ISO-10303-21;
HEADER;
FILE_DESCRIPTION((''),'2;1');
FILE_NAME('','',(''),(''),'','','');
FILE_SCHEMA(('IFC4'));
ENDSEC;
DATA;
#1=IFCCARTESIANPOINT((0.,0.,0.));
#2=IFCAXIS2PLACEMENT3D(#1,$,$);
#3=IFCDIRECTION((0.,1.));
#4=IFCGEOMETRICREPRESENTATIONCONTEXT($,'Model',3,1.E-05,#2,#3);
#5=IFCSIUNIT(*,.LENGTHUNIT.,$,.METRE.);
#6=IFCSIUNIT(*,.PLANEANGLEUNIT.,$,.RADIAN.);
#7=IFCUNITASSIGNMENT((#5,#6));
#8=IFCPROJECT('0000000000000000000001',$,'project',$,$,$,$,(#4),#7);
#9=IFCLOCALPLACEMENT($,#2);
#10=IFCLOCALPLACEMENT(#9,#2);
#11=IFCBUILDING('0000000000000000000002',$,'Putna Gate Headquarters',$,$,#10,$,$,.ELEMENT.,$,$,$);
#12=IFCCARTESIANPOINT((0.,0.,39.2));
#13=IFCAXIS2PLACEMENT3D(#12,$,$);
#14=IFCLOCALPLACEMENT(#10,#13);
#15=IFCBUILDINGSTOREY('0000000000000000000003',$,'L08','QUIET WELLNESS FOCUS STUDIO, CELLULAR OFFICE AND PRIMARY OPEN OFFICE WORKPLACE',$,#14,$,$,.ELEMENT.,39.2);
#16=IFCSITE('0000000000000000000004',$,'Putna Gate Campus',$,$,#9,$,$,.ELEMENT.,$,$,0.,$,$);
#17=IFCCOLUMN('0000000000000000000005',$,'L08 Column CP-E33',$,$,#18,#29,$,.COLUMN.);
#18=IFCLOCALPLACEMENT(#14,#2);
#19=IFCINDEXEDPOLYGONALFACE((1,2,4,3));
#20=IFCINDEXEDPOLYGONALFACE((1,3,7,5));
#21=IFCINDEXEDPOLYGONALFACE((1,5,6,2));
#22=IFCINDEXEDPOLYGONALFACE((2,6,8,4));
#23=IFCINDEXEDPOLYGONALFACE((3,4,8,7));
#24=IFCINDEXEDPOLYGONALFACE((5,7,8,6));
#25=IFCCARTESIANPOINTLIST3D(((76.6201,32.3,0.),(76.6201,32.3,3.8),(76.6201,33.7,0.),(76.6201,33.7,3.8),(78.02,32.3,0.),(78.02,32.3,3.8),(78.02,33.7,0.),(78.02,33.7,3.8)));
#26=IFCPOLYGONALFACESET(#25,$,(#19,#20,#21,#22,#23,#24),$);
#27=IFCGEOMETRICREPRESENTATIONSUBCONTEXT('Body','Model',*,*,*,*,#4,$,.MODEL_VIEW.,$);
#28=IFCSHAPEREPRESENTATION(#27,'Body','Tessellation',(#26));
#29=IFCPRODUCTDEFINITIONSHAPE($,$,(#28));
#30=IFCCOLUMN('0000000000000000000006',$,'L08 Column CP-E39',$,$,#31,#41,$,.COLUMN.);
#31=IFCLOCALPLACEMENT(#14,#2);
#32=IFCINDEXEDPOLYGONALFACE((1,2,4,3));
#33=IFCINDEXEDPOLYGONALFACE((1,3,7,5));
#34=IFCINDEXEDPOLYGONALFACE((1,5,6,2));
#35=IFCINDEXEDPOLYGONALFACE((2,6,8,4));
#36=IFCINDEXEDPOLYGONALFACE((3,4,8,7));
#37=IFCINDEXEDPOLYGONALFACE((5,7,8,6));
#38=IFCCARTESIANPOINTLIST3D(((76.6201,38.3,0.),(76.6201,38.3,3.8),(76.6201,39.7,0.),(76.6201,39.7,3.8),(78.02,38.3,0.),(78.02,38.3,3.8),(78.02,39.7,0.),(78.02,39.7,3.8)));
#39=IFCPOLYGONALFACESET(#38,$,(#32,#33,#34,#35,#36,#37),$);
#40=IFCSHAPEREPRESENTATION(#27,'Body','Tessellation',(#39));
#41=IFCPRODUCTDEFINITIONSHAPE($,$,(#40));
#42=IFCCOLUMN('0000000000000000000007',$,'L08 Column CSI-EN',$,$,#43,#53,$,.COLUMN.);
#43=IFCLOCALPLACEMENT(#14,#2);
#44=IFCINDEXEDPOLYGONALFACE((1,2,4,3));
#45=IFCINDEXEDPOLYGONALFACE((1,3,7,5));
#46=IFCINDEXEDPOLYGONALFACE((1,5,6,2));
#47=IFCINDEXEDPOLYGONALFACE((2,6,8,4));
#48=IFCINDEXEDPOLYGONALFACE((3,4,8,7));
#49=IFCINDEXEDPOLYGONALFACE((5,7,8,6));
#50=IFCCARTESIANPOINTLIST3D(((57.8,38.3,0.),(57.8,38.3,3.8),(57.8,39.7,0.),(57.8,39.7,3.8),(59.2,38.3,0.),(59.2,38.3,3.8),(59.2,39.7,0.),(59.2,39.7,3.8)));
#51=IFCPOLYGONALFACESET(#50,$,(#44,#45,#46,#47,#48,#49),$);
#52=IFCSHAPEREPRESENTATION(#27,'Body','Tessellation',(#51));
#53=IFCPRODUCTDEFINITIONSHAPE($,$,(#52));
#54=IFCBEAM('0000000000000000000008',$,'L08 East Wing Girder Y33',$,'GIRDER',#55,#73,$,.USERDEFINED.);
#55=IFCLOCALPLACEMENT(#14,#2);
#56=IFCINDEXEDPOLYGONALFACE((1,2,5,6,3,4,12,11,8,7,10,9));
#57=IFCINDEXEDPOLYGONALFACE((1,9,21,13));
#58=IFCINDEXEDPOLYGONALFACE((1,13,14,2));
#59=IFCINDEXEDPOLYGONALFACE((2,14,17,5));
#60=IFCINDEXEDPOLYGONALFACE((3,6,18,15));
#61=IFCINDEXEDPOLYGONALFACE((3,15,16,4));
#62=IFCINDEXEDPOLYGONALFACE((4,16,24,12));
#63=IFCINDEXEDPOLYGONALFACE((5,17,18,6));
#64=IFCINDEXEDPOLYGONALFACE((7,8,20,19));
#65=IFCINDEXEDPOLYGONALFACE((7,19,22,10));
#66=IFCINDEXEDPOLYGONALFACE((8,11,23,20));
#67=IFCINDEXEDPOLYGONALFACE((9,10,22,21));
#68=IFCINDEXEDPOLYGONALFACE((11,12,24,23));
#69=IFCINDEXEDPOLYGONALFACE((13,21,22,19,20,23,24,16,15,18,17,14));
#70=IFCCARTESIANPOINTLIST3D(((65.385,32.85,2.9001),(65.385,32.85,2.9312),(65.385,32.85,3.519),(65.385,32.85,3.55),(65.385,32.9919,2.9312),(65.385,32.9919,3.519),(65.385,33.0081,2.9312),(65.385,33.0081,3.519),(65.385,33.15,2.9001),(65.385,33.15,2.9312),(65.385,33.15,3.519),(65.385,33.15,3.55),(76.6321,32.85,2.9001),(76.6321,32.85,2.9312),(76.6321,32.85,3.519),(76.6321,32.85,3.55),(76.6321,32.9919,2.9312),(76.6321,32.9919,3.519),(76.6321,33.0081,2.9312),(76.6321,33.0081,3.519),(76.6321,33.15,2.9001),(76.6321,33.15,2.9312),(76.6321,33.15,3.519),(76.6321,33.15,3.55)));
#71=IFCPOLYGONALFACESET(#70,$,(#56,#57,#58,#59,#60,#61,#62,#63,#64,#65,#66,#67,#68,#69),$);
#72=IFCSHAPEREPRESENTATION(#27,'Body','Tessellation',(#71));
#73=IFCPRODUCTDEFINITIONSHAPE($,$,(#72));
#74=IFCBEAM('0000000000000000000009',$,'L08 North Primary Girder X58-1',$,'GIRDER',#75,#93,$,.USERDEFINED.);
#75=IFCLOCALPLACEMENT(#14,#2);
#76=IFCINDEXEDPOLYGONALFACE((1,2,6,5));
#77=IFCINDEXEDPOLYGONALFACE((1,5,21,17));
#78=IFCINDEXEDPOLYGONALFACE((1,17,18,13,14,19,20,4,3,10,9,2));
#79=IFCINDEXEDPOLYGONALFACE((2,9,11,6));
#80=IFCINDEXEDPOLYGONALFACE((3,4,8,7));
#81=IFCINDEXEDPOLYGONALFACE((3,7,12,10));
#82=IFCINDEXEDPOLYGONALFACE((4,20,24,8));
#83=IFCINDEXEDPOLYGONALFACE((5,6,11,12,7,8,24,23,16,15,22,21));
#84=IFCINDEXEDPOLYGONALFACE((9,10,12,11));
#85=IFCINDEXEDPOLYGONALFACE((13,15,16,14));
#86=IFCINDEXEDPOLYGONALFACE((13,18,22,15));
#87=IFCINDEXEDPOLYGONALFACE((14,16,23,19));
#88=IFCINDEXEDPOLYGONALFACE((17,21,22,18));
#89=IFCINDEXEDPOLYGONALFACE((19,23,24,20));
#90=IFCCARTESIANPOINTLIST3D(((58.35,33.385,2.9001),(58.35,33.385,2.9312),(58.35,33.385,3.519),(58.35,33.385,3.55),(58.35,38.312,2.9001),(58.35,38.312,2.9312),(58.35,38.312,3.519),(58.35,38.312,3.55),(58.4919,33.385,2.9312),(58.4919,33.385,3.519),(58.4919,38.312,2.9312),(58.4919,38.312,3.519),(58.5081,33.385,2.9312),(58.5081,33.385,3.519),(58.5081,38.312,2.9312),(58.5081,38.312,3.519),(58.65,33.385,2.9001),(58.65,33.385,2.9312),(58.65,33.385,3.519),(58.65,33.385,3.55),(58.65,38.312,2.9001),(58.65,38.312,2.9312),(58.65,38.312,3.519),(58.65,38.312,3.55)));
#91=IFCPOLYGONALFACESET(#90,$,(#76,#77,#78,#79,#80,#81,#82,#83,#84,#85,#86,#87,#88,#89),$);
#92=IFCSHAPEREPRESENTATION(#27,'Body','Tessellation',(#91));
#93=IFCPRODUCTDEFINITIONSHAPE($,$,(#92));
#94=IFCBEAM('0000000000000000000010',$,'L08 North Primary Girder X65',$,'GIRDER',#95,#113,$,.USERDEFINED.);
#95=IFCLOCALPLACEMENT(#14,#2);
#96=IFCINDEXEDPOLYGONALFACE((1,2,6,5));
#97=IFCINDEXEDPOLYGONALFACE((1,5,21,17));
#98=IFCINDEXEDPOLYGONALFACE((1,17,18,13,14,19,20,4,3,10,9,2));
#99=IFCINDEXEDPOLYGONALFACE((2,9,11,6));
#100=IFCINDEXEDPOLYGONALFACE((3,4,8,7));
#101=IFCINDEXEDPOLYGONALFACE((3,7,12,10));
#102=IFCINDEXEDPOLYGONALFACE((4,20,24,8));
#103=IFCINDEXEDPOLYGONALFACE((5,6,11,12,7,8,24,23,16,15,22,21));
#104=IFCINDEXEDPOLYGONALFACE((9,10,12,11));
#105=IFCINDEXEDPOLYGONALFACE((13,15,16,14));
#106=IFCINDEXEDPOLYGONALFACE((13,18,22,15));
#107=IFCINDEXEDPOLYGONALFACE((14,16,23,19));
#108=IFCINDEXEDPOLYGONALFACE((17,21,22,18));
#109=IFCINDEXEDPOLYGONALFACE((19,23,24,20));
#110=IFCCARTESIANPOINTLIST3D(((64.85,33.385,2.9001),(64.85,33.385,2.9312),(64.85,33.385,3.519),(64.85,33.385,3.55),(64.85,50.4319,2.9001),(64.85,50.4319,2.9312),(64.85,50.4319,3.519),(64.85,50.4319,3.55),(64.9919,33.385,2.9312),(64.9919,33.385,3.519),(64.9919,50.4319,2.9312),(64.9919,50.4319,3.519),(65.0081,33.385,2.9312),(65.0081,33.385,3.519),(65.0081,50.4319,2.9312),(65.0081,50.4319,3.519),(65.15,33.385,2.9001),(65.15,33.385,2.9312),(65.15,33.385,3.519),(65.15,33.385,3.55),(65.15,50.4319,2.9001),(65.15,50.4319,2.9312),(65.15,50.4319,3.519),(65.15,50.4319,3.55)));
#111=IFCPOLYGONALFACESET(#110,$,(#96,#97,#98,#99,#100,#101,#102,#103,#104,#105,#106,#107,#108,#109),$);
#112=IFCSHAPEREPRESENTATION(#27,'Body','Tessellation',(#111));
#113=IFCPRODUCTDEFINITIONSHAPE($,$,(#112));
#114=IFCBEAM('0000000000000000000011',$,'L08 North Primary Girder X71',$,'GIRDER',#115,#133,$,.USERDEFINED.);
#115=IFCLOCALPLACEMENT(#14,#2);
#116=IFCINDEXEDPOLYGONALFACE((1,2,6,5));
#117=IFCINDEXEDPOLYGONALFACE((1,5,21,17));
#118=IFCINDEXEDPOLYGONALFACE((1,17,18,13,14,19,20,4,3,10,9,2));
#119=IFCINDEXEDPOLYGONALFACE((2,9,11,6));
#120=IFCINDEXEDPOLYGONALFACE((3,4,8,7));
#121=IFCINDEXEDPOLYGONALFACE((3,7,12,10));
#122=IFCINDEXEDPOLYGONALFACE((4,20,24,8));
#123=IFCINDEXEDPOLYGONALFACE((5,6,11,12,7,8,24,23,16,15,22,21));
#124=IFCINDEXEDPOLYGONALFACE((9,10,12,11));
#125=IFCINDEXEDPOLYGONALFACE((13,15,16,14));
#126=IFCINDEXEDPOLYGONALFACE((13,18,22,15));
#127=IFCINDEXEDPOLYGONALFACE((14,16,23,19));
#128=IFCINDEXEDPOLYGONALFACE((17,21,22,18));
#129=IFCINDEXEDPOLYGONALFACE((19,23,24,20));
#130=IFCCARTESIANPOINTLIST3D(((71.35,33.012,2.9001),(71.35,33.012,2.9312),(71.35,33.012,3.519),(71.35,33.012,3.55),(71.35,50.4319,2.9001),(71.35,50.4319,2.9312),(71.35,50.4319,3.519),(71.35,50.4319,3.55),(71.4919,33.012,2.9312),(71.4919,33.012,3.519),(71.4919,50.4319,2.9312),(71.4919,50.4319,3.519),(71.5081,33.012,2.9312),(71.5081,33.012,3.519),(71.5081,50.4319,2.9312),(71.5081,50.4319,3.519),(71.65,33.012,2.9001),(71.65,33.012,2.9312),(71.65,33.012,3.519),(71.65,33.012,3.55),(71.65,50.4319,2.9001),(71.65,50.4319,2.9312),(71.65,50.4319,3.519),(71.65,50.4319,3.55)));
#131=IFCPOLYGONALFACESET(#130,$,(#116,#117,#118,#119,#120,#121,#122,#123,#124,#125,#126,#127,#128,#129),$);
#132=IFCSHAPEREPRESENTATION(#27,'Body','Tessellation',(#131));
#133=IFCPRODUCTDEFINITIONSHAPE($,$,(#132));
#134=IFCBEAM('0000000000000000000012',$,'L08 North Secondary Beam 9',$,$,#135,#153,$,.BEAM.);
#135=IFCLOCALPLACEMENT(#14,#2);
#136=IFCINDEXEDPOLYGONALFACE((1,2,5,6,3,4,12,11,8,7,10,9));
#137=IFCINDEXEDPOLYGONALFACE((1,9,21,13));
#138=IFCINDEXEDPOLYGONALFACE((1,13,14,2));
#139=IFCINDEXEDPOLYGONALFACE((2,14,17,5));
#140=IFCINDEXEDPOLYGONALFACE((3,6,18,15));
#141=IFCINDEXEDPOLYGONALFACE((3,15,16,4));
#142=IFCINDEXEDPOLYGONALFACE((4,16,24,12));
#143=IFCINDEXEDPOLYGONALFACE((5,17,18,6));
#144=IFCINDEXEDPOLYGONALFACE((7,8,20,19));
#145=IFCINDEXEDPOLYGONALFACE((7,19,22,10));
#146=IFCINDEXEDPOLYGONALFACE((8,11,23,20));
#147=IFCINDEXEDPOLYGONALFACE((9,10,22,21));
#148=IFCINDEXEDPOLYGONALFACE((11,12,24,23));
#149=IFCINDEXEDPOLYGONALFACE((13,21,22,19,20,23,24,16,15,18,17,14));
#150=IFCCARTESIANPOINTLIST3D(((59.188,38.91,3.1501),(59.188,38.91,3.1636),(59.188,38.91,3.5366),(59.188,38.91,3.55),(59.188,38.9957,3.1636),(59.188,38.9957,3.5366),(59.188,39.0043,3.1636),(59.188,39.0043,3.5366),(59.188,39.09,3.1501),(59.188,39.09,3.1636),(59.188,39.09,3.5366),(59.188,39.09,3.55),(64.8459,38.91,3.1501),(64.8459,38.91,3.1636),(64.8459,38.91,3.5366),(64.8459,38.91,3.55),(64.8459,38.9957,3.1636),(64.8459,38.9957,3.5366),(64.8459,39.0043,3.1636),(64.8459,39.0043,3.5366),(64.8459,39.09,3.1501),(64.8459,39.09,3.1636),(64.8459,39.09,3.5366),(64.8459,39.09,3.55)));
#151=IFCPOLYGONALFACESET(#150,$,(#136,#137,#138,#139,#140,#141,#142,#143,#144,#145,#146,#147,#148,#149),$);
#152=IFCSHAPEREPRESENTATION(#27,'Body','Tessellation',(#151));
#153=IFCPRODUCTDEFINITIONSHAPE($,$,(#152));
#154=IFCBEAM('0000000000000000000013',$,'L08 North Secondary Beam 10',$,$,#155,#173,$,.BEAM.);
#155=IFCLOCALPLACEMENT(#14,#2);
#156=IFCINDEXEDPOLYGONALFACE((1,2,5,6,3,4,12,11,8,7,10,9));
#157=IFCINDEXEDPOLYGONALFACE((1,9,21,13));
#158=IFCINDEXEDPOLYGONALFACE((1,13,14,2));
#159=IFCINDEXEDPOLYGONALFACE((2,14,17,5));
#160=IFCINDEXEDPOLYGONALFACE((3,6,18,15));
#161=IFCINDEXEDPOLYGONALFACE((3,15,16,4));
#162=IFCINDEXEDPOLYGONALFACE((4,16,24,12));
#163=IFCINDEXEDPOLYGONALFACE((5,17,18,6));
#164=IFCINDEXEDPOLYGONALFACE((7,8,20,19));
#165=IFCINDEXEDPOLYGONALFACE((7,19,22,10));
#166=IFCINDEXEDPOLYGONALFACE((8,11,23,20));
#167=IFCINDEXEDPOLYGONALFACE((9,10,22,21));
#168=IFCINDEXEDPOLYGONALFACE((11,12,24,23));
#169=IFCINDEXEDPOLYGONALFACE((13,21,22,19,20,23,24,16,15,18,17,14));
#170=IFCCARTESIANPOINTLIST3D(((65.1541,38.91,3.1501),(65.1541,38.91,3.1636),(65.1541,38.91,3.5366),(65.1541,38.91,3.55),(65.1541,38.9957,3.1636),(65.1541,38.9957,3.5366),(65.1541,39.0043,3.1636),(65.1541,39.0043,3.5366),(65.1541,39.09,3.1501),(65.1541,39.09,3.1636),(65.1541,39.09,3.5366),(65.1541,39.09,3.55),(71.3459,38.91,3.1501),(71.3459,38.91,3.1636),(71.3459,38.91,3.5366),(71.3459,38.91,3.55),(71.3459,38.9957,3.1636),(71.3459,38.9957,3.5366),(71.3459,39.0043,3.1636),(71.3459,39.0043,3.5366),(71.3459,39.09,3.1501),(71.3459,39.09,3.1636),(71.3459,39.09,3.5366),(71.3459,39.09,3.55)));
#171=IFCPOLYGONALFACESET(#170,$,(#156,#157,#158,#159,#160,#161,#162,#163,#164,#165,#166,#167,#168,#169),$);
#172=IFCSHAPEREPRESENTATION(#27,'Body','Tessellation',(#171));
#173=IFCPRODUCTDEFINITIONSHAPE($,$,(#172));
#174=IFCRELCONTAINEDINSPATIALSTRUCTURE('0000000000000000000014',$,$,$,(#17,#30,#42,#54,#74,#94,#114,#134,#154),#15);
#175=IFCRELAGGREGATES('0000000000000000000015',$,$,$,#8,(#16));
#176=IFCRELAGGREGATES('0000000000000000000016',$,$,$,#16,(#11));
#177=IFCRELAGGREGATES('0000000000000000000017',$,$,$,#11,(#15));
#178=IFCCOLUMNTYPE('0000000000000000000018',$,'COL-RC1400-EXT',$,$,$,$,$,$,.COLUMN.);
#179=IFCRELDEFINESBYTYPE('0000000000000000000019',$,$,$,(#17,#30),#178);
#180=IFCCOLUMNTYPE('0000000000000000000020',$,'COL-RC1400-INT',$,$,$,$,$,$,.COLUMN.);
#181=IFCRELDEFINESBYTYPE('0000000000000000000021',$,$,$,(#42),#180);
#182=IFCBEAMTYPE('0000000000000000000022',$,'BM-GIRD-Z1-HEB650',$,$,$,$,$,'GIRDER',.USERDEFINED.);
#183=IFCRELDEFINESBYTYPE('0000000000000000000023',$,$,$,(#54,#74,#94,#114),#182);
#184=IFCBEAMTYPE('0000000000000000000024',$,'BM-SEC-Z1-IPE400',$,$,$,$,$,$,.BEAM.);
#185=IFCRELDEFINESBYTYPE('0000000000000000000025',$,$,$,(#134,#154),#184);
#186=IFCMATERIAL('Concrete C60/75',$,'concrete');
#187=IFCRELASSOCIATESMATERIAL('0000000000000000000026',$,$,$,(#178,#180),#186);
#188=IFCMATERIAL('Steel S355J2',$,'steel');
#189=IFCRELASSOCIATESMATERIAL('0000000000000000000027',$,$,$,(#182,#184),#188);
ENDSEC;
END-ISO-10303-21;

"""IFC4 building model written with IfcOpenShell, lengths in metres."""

from ifc_helpers import new_model, si_unit, direction, frame, origin, origin_2d, place, context, subcontext, project, spatial, rectangle, i_section, extrude, material, material_profile, profile_set, type_object, element, save


model = new_model("IFC4")

# Units and contexts
model_context = context("Model", 3, precision=1e-05, world=origin(), true_north=direction((0.0, 1.0)))
body_context = subcontext(model_context, "Body", "Model", "MODEL_VIEW")
ifc_project = project(units=[si_unit("LENGTHUNIT", "METRE"), si_unit("PLANEANGLEUNIT", "RADIAN")], contexts=[model_context])

# Site, building, storey
site_placement = place(None, origin())
site = spatial("IfcSite", under=ifc_project, at=site_placement, Name="Putna Gate Campus", CompositionType="ELEMENT", RefElevation=0.0)
building_placement = place(site_placement, origin())
building = spatial("IfcBuilding", under=site, at=building_placement, Name="Putna Gate Headquarters", CompositionType="ELEMENT")
storey_placement = place(building_placement, frame((0.0, 0.0, 39.2)))
storey = spatial("IfcBuildingStorey", under=building, at=storey_placement, Name="L08", Description="QUIET WELLNESS FOCUS STUDIO, CELLULAR OFFICE AND PRIMARY OPEN OFFICE WORKPLACE", CompositionType="ELEMENT", Elevation=39.2)

# Columns
ifc_material_1 = material(Name="Concrete C60/75", Category="concrete")
ifc_material_profile_1 = material_profile(ifc_material_1, rectangle(XDim=1.3999, YDim=1.3999, at=origin_2d()), Name="Concrete C60/75")
ifc_profile_set_1 = profile_set([ifc_material_profile_1], Name="Concrete C60/75")
column_type_1 = type_object("IfcColumnType", Name="COL-RC1400-EXT", PredefinedType="COLUMN", material=ifc_profile_set_1)
for number, where, z_axis, x_axis, name in (
    (1, (77.3201, 33.0, 0.0), (0.0, 0.0, 1.0), (1.0, 0.0, 0.0), "L08 Column CP-E33"),
    (2, (77.3201, 39.0, 0.0), (0.0, 0.0, 1.0), (1.0, 0.0, 0.0), "L08 Column CP-E39"),
):
    element("IfcColumn", number, at=place(storey_placement, frame(where, z_axis=z_axis, x_axis=x_axis)), inside=storey, type_object=column_type_1, Name=name, PredefinedType="COLUMN", context=body_context, shape_type="SweptSolid", body=[
        extrude(rectangle(XDim=1.3999, YDim=1.3999, at=origin_2d()), origin(), (0.0, 0.0, 1.0), 3.8),
    ])
ifc_material_profile_2 = material_profile(ifc_material_1, rectangle(XDim=1.3999, YDim=1.3999, at=origin_2d()), Name="Concrete C60/75")
ifc_profile_set_2 = profile_set([ifc_material_profile_2], Name="Concrete C60/75")
column_type_2 = type_object("IfcColumnType", Name="COL-RC1400-INT", PredefinedType="COLUMN", material=ifc_profile_set_2)
column_placement = place(storey_placement, frame((58.5, 39.0, 0.0), z_axis=(0.0, 0.0, 1.0), x_axis=(1.0, 0.0, 0.0)))
element("IfcColumn", 3, at=column_placement, inside=storey, type_object=column_type_2, Name="L08 Column CSI-EN", PredefinedType="COLUMN", context=body_context, shape_type="SweptSolid", body=[
    extrude(rectangle(XDim=1.3999, YDim=1.3999, at=origin_2d()), origin(), (0.0, 0.0, 1.0), 3.8),
])

# Beams
ifc_material_2 = material(Name="Steel S355J2", Category="steel")
ifc_material_profile_3 = material_profile(ifc_material_2, i_section(OverallWidth=0.3, OverallDepth=0.6499, WebThickness=0.0161, FlangeThickness=0.031, at=origin_2d()), Name="Steel S355J2")
ifc_profile_set_3 = profile_set([ifc_material_profile_3], Name="Steel S355J2")
beam_type_1 = type_object("IfcBeamType", Name="BM-GIRD-Z1-HEB650", ElementType="GIRDER", PredefinedType="USERDEFINED", material=ifc_profile_set_3)
beam_1_placement = place(storey_placement, frame((65.385, 33.0, 3.2251), z_axis=(1.0, 0.0, 0.0), x_axis=(0.0, 1.0, 0.0)))
element("IfcBeam", 4, at=beam_1_placement, inside=storey, type_object=beam_type_1, Name="L08 East Wing Girder Y33", ObjectType="GIRDER", PredefinedType="USERDEFINED", context=body_context, shape_type="SweptSolid", body=[
    extrude(i_section(OverallWidth=0.3, OverallDepth=0.6499, WebThickness=0.0161, FlangeThickness=0.031, at=origin_2d()), origin(), (0.0, 0.0, 1.0), 11.2471),
])
beam_2_placement = place(storey_placement, frame((58.5, 33.385, 3.2251), z_axis=(0.0, 1.0, 0.0), x_axis=(-1.0, 0.0, 0.0)))
element("IfcBeam", 5, at=beam_2_placement, inside=storey, type_object=beam_type_1, Name="L08 North Primary Girder X58-1", ObjectType="GIRDER", PredefinedType="USERDEFINED", context=body_context, shape_type="SweptSolid", body=[
    extrude(i_section(OverallWidth=0.3, OverallDepth=0.6499, WebThickness=0.0161, FlangeThickness=0.031, at=origin_2d()), origin(), (0.0, 0.0, 1.0), 4.927),
])
beam_3_placement = place(storey_placement, frame((65.0, 33.385, 3.2251), z_axis=(0.0, 1.0, 0.0), x_axis=(-1.0, 0.0, 0.0)))
element("IfcBeam", 6, at=beam_3_placement, inside=storey, type_object=beam_type_1, Name="L08 North Primary Girder X65", ObjectType="GIRDER", PredefinedType="USERDEFINED", context=body_context, shape_type="SweptSolid", body=[
    extrude(i_section(OverallWidth=0.3, OverallDepth=0.6499, WebThickness=0.0161, FlangeThickness=0.031, at=origin_2d()), origin(), (0.0, 0.0, 1.0), 17.0469),
])
beam_4_placement = place(storey_placement, frame((71.5, 33.012, 3.2251), z_axis=(0.0, 1.0, 0.0), x_axis=(-1.0, 0.0, 0.0)))
element("IfcBeam", 7, at=beam_4_placement, inside=storey, type_object=beam_type_1, Name="L08 North Primary Girder X71", ObjectType="GIRDER", PredefinedType="USERDEFINED", context=body_context, shape_type="SweptSolid", body=[
    extrude(i_section(OverallWidth=0.3, OverallDepth=0.6499, WebThickness=0.0161, FlangeThickness=0.031, at=origin_2d()), origin(), (0.0, 0.0, 1.0), 17.4199),
])
ifc_material_profile_4 = material_profile(ifc_material_2, i_section(OverallWidth=0.1799, OverallDepth=0.3999, WebThickness=0.0085, FlangeThickness=0.0134, at=origin_2d()), Name="Steel S355J2")
ifc_profile_set_4 = profile_set([ifc_material_profile_4], Name="Steel S355J2")
beam_type_2 = type_object("IfcBeamType", Name="BM-SEC-Z1-IPE400", PredefinedType="BEAM", material=ifc_profile_set_4)
beam_5_placement = place(storey_placement, frame((59.188, 39.0, 3.3501), z_axis=(1.0, 0.0, 0.0), x_axis=(0.0, 1.0, 0.0)))
element("IfcBeam", 8, at=beam_5_placement, inside=storey, type_object=beam_type_2, Name="L08 North Secondary Beam 9", PredefinedType="BEAM", context=body_context, shape_type="SweptSolid", body=[
    extrude(i_section(OverallWidth=0.1799, OverallDepth=0.3999, WebThickness=0.0085, FlangeThickness=0.0134, at=origin_2d()), origin(), (0.0, 0.0, 1.0), 5.658),
])
beam_6_placement = place(storey_placement, frame((65.1541, 39.0, 3.3501), z_axis=(1.0, 0.0, 0.0), x_axis=(0.0, 1.0, 0.0)))
element("IfcBeam", 9, at=beam_6_placement, inside=storey, type_object=beam_type_2, Name="L08 North Secondary Beam 10", PredefinedType="BEAM", context=body_context, shape_type="SweptSolid", body=[
    extrude(i_section(OverallWidth=0.1799, OverallDepth=0.3999, WebThickness=0.0085, FlangeThickness=0.0134, at=origin_2d()), origin(), (0.0, 0.0, 1.0), 6.1919),
])

save(model, "model.ifc")
